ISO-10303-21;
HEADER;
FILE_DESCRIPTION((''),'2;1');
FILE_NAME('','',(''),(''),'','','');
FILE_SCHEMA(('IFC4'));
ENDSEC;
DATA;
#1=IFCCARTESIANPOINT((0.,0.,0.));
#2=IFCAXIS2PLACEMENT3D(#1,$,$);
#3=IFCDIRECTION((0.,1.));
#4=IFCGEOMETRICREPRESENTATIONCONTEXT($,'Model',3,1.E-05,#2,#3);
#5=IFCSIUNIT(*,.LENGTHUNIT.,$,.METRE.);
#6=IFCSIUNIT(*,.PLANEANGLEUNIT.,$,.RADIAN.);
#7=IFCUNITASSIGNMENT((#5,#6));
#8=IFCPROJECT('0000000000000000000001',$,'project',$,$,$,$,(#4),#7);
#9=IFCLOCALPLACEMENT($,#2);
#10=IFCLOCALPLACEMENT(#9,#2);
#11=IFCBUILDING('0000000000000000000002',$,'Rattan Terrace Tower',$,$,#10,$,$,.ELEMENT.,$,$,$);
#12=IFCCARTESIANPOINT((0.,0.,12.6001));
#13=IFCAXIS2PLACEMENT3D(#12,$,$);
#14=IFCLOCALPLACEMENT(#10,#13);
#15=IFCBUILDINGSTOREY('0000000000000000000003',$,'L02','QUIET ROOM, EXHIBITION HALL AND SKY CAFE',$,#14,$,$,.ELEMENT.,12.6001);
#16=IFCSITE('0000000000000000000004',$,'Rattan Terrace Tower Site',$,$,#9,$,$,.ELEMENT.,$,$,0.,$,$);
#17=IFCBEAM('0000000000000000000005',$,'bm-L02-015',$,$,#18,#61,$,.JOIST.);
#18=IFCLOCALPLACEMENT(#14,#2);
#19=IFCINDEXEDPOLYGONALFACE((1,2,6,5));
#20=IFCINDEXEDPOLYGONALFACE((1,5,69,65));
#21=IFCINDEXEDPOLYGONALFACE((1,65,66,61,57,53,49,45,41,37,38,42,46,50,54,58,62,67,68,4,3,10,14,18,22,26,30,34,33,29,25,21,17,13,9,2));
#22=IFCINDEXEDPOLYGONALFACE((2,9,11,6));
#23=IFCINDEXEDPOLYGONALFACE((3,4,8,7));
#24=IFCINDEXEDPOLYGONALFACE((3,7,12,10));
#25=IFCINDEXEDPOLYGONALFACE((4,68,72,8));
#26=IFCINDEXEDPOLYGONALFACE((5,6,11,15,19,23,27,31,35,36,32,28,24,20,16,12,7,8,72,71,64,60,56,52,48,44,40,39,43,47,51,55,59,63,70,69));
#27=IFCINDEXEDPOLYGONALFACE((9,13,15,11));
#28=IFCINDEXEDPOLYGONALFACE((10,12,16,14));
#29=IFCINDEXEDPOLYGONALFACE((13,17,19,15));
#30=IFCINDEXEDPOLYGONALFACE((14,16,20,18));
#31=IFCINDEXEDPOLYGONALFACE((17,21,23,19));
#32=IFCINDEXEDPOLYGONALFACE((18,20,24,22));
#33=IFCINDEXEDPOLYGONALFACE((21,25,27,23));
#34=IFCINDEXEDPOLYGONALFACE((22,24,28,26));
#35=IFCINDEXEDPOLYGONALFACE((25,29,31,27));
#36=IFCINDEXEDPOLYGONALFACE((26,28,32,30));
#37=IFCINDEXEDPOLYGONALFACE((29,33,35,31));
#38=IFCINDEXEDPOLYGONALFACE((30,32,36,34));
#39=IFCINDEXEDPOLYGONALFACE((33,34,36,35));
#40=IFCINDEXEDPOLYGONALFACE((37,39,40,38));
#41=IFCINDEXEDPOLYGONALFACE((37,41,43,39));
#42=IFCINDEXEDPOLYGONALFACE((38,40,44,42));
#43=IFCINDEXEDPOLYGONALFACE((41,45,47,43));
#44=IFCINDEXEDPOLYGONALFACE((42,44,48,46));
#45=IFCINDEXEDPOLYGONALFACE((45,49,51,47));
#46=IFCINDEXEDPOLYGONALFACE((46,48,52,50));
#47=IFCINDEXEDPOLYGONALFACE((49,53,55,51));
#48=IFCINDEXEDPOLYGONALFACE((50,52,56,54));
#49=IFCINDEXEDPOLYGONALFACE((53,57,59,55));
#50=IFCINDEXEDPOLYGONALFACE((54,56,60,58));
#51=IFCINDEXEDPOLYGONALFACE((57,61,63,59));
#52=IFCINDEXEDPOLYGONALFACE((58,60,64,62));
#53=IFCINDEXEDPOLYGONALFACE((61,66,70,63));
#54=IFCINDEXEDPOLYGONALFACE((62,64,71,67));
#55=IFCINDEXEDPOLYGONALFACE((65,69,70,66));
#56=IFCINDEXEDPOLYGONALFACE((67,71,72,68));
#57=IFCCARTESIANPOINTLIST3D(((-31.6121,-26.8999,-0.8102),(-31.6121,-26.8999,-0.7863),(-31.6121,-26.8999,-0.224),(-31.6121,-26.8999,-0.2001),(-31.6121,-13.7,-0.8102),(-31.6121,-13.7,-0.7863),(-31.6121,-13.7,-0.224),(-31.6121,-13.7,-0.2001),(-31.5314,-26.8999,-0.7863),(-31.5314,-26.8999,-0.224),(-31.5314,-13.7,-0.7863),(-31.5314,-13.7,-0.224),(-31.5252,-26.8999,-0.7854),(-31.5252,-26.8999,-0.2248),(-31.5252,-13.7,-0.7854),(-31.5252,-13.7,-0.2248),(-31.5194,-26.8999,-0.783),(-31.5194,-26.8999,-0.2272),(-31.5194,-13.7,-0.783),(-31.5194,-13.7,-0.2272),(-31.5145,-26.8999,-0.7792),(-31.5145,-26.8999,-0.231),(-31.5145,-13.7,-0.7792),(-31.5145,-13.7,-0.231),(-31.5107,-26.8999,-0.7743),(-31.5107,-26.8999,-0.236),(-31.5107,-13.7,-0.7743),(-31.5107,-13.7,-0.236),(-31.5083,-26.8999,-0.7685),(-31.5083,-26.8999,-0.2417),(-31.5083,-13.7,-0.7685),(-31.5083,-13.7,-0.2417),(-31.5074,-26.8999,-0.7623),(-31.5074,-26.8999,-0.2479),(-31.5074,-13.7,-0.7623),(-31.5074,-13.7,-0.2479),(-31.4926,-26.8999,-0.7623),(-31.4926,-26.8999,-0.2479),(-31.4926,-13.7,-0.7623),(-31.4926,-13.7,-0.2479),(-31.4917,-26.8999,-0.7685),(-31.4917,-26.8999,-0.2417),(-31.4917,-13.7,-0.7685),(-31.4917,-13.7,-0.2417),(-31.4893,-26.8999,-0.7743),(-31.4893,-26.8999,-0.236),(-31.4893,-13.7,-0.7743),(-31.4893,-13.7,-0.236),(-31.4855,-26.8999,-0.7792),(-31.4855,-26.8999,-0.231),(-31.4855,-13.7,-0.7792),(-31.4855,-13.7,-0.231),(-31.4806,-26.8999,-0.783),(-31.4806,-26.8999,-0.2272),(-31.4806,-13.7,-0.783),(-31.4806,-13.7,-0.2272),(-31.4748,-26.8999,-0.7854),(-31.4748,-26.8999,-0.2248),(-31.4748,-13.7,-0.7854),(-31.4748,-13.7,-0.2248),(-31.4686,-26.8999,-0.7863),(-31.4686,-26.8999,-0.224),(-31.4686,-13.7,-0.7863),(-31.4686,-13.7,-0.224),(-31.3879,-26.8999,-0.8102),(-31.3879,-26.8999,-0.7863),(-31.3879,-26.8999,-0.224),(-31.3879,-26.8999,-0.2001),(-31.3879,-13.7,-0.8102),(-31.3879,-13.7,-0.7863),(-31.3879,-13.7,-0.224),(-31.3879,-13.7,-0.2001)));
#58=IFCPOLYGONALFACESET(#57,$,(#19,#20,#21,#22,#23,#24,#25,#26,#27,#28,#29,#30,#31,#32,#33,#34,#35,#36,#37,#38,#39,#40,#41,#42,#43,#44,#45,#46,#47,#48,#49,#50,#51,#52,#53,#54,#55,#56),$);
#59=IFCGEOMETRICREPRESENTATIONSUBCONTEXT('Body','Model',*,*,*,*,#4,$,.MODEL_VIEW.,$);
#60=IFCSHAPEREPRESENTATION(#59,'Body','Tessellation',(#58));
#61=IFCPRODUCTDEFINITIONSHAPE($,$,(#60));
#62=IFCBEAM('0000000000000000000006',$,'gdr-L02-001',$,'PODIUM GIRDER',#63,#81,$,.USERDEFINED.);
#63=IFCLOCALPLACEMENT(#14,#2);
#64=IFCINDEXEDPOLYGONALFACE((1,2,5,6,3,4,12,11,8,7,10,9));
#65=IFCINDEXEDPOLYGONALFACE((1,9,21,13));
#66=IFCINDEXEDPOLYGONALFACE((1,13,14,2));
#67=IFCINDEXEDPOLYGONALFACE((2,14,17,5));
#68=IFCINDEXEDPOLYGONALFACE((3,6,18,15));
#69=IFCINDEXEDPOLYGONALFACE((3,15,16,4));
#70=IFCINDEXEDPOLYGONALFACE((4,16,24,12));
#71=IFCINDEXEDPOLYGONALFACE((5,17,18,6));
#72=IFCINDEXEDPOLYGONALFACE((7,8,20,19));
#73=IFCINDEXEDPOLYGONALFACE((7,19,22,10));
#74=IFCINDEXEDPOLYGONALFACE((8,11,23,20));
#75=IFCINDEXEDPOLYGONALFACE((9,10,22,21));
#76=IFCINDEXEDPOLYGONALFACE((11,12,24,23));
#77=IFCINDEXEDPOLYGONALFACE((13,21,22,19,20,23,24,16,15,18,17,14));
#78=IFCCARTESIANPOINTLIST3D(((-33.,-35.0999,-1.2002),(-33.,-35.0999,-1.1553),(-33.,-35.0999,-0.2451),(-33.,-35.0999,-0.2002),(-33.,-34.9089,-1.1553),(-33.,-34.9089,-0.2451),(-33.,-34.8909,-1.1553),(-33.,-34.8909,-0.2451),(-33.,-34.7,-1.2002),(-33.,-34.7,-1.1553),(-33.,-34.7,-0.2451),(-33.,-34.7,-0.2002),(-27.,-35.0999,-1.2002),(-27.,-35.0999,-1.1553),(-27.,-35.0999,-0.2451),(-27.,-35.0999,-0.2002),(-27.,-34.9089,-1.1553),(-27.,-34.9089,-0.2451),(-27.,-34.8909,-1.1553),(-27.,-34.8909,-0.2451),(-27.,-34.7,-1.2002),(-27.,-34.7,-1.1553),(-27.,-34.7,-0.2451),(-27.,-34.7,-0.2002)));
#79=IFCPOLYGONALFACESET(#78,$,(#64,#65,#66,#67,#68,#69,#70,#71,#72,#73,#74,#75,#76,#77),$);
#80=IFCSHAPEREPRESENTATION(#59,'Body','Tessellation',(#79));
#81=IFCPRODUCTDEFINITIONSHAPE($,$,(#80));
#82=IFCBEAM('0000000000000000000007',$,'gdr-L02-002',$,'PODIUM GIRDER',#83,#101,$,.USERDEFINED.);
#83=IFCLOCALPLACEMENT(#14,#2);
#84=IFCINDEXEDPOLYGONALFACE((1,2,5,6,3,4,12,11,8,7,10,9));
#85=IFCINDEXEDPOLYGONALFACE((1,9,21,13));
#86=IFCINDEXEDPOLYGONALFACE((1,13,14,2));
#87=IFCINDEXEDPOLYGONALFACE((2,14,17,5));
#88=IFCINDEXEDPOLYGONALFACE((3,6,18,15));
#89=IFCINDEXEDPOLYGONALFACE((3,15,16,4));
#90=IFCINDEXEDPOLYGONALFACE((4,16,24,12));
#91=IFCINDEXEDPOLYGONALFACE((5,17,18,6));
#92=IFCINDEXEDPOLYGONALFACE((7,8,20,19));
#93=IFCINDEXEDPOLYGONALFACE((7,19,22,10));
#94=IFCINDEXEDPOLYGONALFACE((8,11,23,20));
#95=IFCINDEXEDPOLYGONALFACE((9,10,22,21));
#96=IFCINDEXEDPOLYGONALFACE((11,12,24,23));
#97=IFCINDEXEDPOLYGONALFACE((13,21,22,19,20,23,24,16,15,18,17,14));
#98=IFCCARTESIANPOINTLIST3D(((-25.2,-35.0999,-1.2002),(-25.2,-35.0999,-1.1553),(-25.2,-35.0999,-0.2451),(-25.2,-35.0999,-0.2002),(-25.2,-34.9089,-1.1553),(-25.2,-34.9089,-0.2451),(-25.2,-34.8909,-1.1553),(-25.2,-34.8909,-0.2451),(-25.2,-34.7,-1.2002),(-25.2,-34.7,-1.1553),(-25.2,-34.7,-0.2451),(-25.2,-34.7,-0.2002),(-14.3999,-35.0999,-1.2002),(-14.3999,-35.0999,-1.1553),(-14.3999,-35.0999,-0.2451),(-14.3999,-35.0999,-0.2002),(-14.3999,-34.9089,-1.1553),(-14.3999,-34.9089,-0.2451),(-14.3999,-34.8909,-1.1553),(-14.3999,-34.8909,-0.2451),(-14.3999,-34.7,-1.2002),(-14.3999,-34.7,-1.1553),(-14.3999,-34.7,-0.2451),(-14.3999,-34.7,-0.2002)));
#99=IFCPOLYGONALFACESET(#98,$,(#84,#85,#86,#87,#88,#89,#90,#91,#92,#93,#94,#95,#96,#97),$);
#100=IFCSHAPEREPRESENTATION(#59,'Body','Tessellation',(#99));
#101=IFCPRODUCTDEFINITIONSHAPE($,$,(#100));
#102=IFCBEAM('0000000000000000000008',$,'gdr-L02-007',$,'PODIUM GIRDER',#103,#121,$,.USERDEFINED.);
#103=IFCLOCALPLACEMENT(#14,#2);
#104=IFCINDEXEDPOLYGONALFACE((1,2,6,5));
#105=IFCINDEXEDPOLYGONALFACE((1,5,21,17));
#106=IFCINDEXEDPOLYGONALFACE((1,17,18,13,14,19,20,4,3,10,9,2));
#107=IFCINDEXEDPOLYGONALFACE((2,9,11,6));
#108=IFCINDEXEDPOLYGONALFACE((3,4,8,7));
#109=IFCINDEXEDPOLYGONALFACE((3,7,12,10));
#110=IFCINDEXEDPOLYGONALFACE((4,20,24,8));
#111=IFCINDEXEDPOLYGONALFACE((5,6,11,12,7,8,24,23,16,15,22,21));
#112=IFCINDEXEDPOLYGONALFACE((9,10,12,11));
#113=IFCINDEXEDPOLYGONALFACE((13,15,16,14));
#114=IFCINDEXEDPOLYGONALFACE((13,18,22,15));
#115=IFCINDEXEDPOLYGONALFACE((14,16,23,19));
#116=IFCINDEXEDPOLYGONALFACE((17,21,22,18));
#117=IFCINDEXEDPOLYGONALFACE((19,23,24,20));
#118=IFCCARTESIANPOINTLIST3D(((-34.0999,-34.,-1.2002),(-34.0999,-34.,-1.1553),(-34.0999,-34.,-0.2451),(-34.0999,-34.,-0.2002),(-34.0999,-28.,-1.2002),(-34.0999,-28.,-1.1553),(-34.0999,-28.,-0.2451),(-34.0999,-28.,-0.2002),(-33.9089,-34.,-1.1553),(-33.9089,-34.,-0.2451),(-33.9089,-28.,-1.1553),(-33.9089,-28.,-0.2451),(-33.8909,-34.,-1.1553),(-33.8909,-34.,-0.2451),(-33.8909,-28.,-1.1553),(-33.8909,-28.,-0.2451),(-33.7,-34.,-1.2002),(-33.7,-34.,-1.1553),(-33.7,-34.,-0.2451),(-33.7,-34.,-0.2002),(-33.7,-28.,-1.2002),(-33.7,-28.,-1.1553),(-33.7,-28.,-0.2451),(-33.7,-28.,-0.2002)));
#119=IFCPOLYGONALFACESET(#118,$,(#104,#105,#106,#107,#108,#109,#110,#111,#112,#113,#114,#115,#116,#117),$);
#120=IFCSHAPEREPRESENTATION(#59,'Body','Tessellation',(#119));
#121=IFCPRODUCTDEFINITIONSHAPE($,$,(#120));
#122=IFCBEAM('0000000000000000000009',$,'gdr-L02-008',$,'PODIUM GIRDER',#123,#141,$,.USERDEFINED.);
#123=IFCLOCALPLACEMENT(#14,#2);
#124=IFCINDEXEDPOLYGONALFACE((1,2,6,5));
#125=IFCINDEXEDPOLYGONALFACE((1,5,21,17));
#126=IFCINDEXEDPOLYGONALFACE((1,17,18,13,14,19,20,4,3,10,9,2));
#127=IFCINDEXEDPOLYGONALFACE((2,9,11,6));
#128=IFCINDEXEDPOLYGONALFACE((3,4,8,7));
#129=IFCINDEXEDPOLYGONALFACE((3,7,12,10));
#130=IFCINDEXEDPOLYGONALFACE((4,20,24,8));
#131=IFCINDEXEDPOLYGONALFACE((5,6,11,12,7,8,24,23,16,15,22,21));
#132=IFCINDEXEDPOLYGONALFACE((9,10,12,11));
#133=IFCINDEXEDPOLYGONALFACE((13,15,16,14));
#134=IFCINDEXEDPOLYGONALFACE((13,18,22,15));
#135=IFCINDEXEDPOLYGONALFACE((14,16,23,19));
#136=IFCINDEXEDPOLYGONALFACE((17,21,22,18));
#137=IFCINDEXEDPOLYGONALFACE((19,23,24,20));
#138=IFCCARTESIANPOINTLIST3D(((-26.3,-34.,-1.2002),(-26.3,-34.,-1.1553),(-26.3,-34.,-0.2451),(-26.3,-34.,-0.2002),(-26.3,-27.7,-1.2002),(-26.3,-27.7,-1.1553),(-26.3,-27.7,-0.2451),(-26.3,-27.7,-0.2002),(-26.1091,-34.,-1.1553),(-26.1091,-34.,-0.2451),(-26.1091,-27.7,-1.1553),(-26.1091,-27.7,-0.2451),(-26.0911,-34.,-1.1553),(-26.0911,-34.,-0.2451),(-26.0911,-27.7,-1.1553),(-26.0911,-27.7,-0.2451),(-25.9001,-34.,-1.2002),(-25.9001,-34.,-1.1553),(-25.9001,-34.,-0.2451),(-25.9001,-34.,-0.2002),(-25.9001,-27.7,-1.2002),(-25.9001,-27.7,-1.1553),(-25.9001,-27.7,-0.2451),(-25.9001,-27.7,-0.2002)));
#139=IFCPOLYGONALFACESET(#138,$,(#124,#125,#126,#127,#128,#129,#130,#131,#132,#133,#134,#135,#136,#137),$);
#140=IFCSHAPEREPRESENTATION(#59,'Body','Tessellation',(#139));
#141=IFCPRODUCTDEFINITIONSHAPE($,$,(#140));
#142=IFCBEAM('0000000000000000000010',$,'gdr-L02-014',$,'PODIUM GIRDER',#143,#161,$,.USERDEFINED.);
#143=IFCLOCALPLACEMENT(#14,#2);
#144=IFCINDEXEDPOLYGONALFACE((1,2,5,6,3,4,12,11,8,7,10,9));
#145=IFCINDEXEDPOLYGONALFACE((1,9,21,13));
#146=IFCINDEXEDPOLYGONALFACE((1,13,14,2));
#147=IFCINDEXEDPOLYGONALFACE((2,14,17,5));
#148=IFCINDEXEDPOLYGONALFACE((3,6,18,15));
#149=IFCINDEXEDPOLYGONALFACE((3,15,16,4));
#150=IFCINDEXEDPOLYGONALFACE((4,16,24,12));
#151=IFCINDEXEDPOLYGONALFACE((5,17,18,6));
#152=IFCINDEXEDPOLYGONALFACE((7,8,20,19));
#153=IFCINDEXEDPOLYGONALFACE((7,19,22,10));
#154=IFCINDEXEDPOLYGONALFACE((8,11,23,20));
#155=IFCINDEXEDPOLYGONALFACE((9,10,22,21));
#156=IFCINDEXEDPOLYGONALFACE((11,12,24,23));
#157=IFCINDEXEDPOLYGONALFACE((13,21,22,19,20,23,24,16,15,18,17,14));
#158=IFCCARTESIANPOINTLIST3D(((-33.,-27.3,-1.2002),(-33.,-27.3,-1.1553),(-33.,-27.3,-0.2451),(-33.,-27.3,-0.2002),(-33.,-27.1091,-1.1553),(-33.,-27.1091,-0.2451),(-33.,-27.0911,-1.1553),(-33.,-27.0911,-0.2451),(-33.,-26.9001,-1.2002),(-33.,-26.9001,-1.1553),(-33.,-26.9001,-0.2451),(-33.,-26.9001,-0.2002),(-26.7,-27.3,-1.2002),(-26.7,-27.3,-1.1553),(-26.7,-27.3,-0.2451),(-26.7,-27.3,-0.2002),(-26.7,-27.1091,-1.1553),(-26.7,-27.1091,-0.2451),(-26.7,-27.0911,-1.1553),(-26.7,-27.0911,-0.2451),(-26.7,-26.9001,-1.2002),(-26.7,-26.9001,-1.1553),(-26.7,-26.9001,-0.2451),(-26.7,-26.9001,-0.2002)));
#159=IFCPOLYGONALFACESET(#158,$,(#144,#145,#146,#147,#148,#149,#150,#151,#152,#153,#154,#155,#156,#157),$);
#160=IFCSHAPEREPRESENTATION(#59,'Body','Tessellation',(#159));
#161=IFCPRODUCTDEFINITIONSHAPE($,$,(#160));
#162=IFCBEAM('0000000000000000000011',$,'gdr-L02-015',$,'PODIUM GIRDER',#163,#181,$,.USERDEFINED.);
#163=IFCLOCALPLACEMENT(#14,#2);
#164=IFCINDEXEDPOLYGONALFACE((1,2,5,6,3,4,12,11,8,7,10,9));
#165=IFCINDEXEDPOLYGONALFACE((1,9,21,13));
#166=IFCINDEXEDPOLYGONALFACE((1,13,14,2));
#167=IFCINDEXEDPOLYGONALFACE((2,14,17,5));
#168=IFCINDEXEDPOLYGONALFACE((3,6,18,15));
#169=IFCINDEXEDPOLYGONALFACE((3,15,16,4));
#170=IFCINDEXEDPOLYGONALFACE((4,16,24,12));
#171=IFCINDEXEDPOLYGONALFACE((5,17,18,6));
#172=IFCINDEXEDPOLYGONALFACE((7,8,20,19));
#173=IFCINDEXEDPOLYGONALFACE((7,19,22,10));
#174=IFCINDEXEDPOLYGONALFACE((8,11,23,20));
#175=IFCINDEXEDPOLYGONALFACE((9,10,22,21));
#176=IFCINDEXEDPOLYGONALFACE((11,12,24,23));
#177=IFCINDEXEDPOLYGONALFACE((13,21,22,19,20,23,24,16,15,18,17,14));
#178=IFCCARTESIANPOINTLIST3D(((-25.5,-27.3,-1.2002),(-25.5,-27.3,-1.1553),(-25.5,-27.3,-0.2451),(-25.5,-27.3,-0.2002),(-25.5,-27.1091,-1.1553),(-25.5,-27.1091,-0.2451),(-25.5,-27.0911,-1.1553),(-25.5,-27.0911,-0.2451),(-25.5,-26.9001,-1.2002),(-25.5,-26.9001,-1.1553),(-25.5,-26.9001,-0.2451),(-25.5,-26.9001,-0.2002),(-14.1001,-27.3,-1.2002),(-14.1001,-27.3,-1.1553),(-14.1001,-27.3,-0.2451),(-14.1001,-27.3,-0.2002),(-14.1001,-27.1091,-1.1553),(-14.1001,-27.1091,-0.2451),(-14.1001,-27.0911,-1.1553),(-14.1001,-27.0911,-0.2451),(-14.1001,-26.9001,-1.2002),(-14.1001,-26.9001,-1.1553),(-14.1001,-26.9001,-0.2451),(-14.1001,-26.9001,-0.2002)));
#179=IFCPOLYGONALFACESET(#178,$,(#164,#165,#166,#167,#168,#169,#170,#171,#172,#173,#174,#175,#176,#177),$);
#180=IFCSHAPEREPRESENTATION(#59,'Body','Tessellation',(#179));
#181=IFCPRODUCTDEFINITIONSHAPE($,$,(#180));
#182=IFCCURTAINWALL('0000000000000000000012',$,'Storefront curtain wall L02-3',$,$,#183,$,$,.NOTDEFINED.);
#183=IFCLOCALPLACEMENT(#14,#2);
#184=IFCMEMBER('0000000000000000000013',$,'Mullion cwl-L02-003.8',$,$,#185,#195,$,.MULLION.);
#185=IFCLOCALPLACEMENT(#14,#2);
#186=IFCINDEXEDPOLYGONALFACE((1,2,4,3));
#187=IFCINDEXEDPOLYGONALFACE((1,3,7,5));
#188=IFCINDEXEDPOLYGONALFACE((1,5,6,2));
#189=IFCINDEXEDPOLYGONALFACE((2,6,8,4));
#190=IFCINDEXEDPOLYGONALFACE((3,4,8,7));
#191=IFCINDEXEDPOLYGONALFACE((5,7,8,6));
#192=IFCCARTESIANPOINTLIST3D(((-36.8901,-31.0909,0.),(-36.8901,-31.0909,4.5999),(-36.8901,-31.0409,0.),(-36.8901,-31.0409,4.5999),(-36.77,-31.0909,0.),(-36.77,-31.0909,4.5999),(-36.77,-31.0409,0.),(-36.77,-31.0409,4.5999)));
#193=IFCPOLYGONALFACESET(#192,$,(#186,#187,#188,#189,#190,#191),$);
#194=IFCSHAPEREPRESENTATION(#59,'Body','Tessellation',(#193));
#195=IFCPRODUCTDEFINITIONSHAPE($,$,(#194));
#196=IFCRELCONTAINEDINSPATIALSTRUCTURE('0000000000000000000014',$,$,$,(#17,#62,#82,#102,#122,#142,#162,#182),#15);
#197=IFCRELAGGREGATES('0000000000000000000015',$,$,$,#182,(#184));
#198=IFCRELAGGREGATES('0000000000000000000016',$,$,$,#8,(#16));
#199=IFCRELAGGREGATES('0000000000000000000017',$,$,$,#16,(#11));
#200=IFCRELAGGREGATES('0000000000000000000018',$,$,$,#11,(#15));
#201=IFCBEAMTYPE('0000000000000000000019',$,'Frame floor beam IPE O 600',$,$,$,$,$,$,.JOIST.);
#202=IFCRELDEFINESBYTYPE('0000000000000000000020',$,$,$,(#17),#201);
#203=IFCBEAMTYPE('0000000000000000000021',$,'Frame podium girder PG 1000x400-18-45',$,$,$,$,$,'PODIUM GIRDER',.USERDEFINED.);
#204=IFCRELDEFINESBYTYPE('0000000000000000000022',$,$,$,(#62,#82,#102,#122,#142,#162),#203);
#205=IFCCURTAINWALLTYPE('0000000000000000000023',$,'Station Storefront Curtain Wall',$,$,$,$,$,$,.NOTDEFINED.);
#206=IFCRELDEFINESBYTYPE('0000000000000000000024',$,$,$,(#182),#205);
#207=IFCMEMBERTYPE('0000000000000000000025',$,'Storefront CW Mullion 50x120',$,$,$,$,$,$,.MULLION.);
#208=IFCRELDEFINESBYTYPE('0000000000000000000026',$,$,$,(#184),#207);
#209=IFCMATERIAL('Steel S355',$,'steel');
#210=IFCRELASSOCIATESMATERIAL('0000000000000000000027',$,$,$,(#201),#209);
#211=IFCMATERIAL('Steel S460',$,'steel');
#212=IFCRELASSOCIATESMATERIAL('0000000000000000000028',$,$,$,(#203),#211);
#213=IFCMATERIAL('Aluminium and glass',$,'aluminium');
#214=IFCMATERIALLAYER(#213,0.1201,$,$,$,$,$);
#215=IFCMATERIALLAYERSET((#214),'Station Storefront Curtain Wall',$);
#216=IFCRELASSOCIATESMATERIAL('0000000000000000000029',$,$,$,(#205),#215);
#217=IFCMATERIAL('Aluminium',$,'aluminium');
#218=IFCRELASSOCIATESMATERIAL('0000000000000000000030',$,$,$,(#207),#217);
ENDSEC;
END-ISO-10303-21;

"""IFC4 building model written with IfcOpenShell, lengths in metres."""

from ifc_helpers import new_model, si_unit, direction, frame, origin, origin_2d, place, context, subcontext, project, spatial, rectangle, i_section, extrude, material, layer, layer_set, material_profile, profile_set, type_object, element, aggregate, save


model = new_model("IFC4")

# Units and contexts
model_context = context("Model", 3, precision=1e-05, world=origin(), true_north=direction((0.0, 1.0)))
body_context = subcontext(model_context, "Body", "Model", "MODEL_VIEW")
ifc_project = project(units=[si_unit("LENGTHUNIT", "METRE"), si_unit("PLANEANGLEUNIT", "RADIAN")], contexts=[model_context])

# Site, building, storey
site_placement = place(None, origin())
site = spatial("IfcSite", under=ifc_project, at=site_placement, Name="Rattan Terrace Tower Site", CompositionType="ELEMENT", RefElevation=0.0)
building_placement = place(site_placement, origin())
building = spatial("IfcBuilding", under=site, at=building_placement, Name="Rattan Terrace Tower", CompositionType="ELEMENT")
storey_placement = place(building_placement, frame((0.0, 0.0, 12.6001)))
storey = spatial("IfcBuildingStorey", under=building, at=storey_placement, Name="L02", Description="QUIET ROOM, EXHIBITION HALL AND SKY CAFE", CompositionType="ELEMENT", Elevation=12.6001)

# Beams
ifc_material_1 = material(Name="Steel S355", Category="steel")
ifc_material_profile_1 = material_profile(ifc_material_1, i_section(OverallWidth=0.2241, OverallDepth=0.6101, WebThickness=0.0149, FlangeThickness=0.0239, FilletRadius=0.0239, at=origin_2d()), Name="IPE O 600")
ifc_profile_set_1 = profile_set([ifc_material_profile_1], Name="Steel S355")
beam_type_1 = type_object("IfcBeamType", Name="Frame floor beam IPE O 600", PredefinedType="JOIST", material=ifc_profile_set_1)
beam_1_placement = place(storey_placement, frame((-31.5, -26.8999, -0.5051), z_axis=(0.0, 1.0, 0.0), x_axis=(-1.0, 0.0, 0.0)))
element("IfcBeam", 1, at=beam_1_placement, inside=storey, type_object=beam_type_1, Name="bm-L02-015", PredefinedType="JOIST", context=body_context, shape_type="SweptSolid", body=[
    extrude(i_section(OverallWidth=0.2241, OverallDepth=0.6101, WebThickness=0.0149, FlangeThickness=0.0239, FilletRadius=0.0239, at=origin_2d()), origin(), (0.0, 0.0, 1.0), 13.2),
])
ifc_material_2 = material(Name="Steel S460", Category="steel")
ifc_material_profile_2 = material_profile(ifc_material_2, i_section(OverallWidth=0.3999, OverallDepth=1.0, WebThickness=0.0181, FlangeThickness=0.0449, at=origin_2d()), Name="PG 1000x400-18-45")
ifc_profile_set_2 = profile_set([ifc_material_profile_2], Name="Steel S460")
beam_type_2 = type_object("IfcBeamType", Name="Frame podium girder PG 1000x400-18-45", ElementType="PODIUM GIRDER", PredefinedType="USERDEFINED", material=ifc_profile_set_2)
beam_2_placement = place(storey_placement, frame((-33.0, -34.8999, -0.7002), z_axis=(1.0, 0.0, 0.0), x_axis=(0.0, 1.0, 0.0)))
element("IfcBeam", 2, at=beam_2_placement, inside=storey, type_object=beam_type_2, Name="gdr-L02-001", ObjectType="PODIUM GIRDER", PredefinedType="USERDEFINED", context=body_context, shape_type="SweptSolid", body=[
    extrude(i_section(OverallWidth=0.3999, OverallDepth=1.0, WebThickness=0.0181, FlangeThickness=0.0449, at=origin_2d()), origin(), (0.0, 0.0, 1.0), 6.0),
])
beam_3_placement = place(storey_placement, frame((-25.2, -34.8999, -0.7002), z_axis=(1.0, 0.0, 0.0), x_axis=(0.0, 1.0, 0.0)))
element("IfcBeam", 3, at=beam_3_placement, inside=storey, type_object=beam_type_2, Name="gdr-L02-002", ObjectType="PODIUM GIRDER", PredefinedType="USERDEFINED", context=body_context, shape_type="SweptSolid", body=[
    extrude(i_section(OverallWidth=0.3999, OverallDepth=1.0, WebThickness=0.0181, FlangeThickness=0.0449, at=origin_2d()), origin(), (0.0, 0.0, 1.0), 10.8),
])
beam_4_placement = place(storey_placement, frame((-33.8999, -34.0, -0.7002), z_axis=(0.0, 1.0, 0.0), x_axis=(-1.0, 0.0, 0.0)))
element("IfcBeam", 4, at=beam_4_placement, inside=storey, type_object=beam_type_2, Name="gdr-L02-007", ObjectType="PODIUM GIRDER", PredefinedType="USERDEFINED", context=body_context, shape_type="SweptSolid", body=[
    extrude(i_section(OverallWidth=0.3999, OverallDepth=1.0, WebThickness=0.0181, FlangeThickness=0.0449, at=origin_2d()), origin(), (0.0, 0.0, 1.0), 6.0),
])
for number, where, z_axis, x_axis, name in (
    (5, (-26.1001, -34.0, -0.7002), (0.0, 1.0, 0.0), (-1.0, 0.0, 0.0), "gdr-L02-008"),
    (6, (-33.0, -27.1001, -0.7002), (1.0, 0.0, 0.0), (0.0, 1.0, 0.0), "gdr-L02-014"),
):
    element("IfcBeam", number, at=place(storey_placement, frame(where, z_axis=z_axis, x_axis=x_axis)), inside=storey, type_object=beam_type_2, Name=name, ObjectType="PODIUM GIRDER", PredefinedType="USERDEFINED", context=body_context, shape_type="SweptSolid", body=[
        extrude(i_section(OverallWidth=0.3999, OverallDepth=1.0, WebThickness=0.0181, FlangeThickness=0.0449, at=origin_2d()), origin(), (0.0, 0.0, 1.0), 6.3),
    ])
beam_5_placement = place(storey_placement, frame((-25.5, -27.1001, -0.7002), z_axis=(1.0, 0.0, 0.0), x_axis=(0.0, 1.0, 0.0)))
element("IfcBeam", 7, at=beam_5_placement, inside=storey, type_object=beam_type_2, Name="gdr-L02-015", ObjectType="PODIUM GIRDER", PredefinedType="USERDEFINED", context=body_context, shape_type="SweptSolid", body=[
    extrude(i_section(OverallWidth=0.3999, OverallDepth=1.0, WebThickness=0.0181, FlangeThickness=0.0449, at=origin_2d()), origin(), (0.0, 0.0, 1.0), 11.3999),
])

# Curtain wall, member
ifc_material_3 = material(Name="Aluminium and glass", Category="aluminium")
ifc_layer_1 = layer(ifc_material_3, 0.1201)
ifc_layer_set_1 = layer_set([ifc_layer_1], Name="Station Storefront Curtain Wall")
curtain_wall_type = type_object("IfcCurtainWallType", Name="Station Storefront Curtain Wall", PredefinedType="NOTDEFINED", material=ifc_layer_set_1)
curtain_wall_1_placement = place(storey_placement, origin())
curtain_wall_1 = element("IfcCurtainWall", 8, at=curtain_wall_1_placement, inside=storey, type_object=curtain_wall_type, Name="Storefront curtain wall L02-3", PredefinedType="NOTDEFINED")
ifc_material_4 = material(Name="Aluminium", Category="aluminium")
ifc_material_profile_3 = material_profile(ifc_material_4, rectangle(XDim=0.05, YDim=0.1201, at=origin_2d()), Name="Aluminium 50x120")
ifc_profile_set_3 = profile_set([ifc_material_profile_3], Name="Aluminium")
member_type_1 = type_object("IfcMemberType", Name="Storefront CW Mullion 50x120", PredefinedType="MULLION", material=ifc_profile_set_3)
member_1_placement = place(storey_placement, frame((-36.8301, -31.0659, 0.0), z_axis=(0.0, 0.0, 1.0), x_axis=(0.0, -1.0, 0.0)))
member_1 = element("IfcMember", 9, at=member_1_placement, type_object=member_type_1, Name="Mullion cwl-L02-003.8", PredefinedType="MULLION", context=body_context, shape_type="SweptSolid", body=[
    extrude(rectangle(XDim=0.05, YDim=0.1201, at=origin_2d()), origin(), (0.0, 0.0, 1.0), 4.5999),
])

aggregate(curtain_wall_1, [member_1])

save(model, "model.ifc")
